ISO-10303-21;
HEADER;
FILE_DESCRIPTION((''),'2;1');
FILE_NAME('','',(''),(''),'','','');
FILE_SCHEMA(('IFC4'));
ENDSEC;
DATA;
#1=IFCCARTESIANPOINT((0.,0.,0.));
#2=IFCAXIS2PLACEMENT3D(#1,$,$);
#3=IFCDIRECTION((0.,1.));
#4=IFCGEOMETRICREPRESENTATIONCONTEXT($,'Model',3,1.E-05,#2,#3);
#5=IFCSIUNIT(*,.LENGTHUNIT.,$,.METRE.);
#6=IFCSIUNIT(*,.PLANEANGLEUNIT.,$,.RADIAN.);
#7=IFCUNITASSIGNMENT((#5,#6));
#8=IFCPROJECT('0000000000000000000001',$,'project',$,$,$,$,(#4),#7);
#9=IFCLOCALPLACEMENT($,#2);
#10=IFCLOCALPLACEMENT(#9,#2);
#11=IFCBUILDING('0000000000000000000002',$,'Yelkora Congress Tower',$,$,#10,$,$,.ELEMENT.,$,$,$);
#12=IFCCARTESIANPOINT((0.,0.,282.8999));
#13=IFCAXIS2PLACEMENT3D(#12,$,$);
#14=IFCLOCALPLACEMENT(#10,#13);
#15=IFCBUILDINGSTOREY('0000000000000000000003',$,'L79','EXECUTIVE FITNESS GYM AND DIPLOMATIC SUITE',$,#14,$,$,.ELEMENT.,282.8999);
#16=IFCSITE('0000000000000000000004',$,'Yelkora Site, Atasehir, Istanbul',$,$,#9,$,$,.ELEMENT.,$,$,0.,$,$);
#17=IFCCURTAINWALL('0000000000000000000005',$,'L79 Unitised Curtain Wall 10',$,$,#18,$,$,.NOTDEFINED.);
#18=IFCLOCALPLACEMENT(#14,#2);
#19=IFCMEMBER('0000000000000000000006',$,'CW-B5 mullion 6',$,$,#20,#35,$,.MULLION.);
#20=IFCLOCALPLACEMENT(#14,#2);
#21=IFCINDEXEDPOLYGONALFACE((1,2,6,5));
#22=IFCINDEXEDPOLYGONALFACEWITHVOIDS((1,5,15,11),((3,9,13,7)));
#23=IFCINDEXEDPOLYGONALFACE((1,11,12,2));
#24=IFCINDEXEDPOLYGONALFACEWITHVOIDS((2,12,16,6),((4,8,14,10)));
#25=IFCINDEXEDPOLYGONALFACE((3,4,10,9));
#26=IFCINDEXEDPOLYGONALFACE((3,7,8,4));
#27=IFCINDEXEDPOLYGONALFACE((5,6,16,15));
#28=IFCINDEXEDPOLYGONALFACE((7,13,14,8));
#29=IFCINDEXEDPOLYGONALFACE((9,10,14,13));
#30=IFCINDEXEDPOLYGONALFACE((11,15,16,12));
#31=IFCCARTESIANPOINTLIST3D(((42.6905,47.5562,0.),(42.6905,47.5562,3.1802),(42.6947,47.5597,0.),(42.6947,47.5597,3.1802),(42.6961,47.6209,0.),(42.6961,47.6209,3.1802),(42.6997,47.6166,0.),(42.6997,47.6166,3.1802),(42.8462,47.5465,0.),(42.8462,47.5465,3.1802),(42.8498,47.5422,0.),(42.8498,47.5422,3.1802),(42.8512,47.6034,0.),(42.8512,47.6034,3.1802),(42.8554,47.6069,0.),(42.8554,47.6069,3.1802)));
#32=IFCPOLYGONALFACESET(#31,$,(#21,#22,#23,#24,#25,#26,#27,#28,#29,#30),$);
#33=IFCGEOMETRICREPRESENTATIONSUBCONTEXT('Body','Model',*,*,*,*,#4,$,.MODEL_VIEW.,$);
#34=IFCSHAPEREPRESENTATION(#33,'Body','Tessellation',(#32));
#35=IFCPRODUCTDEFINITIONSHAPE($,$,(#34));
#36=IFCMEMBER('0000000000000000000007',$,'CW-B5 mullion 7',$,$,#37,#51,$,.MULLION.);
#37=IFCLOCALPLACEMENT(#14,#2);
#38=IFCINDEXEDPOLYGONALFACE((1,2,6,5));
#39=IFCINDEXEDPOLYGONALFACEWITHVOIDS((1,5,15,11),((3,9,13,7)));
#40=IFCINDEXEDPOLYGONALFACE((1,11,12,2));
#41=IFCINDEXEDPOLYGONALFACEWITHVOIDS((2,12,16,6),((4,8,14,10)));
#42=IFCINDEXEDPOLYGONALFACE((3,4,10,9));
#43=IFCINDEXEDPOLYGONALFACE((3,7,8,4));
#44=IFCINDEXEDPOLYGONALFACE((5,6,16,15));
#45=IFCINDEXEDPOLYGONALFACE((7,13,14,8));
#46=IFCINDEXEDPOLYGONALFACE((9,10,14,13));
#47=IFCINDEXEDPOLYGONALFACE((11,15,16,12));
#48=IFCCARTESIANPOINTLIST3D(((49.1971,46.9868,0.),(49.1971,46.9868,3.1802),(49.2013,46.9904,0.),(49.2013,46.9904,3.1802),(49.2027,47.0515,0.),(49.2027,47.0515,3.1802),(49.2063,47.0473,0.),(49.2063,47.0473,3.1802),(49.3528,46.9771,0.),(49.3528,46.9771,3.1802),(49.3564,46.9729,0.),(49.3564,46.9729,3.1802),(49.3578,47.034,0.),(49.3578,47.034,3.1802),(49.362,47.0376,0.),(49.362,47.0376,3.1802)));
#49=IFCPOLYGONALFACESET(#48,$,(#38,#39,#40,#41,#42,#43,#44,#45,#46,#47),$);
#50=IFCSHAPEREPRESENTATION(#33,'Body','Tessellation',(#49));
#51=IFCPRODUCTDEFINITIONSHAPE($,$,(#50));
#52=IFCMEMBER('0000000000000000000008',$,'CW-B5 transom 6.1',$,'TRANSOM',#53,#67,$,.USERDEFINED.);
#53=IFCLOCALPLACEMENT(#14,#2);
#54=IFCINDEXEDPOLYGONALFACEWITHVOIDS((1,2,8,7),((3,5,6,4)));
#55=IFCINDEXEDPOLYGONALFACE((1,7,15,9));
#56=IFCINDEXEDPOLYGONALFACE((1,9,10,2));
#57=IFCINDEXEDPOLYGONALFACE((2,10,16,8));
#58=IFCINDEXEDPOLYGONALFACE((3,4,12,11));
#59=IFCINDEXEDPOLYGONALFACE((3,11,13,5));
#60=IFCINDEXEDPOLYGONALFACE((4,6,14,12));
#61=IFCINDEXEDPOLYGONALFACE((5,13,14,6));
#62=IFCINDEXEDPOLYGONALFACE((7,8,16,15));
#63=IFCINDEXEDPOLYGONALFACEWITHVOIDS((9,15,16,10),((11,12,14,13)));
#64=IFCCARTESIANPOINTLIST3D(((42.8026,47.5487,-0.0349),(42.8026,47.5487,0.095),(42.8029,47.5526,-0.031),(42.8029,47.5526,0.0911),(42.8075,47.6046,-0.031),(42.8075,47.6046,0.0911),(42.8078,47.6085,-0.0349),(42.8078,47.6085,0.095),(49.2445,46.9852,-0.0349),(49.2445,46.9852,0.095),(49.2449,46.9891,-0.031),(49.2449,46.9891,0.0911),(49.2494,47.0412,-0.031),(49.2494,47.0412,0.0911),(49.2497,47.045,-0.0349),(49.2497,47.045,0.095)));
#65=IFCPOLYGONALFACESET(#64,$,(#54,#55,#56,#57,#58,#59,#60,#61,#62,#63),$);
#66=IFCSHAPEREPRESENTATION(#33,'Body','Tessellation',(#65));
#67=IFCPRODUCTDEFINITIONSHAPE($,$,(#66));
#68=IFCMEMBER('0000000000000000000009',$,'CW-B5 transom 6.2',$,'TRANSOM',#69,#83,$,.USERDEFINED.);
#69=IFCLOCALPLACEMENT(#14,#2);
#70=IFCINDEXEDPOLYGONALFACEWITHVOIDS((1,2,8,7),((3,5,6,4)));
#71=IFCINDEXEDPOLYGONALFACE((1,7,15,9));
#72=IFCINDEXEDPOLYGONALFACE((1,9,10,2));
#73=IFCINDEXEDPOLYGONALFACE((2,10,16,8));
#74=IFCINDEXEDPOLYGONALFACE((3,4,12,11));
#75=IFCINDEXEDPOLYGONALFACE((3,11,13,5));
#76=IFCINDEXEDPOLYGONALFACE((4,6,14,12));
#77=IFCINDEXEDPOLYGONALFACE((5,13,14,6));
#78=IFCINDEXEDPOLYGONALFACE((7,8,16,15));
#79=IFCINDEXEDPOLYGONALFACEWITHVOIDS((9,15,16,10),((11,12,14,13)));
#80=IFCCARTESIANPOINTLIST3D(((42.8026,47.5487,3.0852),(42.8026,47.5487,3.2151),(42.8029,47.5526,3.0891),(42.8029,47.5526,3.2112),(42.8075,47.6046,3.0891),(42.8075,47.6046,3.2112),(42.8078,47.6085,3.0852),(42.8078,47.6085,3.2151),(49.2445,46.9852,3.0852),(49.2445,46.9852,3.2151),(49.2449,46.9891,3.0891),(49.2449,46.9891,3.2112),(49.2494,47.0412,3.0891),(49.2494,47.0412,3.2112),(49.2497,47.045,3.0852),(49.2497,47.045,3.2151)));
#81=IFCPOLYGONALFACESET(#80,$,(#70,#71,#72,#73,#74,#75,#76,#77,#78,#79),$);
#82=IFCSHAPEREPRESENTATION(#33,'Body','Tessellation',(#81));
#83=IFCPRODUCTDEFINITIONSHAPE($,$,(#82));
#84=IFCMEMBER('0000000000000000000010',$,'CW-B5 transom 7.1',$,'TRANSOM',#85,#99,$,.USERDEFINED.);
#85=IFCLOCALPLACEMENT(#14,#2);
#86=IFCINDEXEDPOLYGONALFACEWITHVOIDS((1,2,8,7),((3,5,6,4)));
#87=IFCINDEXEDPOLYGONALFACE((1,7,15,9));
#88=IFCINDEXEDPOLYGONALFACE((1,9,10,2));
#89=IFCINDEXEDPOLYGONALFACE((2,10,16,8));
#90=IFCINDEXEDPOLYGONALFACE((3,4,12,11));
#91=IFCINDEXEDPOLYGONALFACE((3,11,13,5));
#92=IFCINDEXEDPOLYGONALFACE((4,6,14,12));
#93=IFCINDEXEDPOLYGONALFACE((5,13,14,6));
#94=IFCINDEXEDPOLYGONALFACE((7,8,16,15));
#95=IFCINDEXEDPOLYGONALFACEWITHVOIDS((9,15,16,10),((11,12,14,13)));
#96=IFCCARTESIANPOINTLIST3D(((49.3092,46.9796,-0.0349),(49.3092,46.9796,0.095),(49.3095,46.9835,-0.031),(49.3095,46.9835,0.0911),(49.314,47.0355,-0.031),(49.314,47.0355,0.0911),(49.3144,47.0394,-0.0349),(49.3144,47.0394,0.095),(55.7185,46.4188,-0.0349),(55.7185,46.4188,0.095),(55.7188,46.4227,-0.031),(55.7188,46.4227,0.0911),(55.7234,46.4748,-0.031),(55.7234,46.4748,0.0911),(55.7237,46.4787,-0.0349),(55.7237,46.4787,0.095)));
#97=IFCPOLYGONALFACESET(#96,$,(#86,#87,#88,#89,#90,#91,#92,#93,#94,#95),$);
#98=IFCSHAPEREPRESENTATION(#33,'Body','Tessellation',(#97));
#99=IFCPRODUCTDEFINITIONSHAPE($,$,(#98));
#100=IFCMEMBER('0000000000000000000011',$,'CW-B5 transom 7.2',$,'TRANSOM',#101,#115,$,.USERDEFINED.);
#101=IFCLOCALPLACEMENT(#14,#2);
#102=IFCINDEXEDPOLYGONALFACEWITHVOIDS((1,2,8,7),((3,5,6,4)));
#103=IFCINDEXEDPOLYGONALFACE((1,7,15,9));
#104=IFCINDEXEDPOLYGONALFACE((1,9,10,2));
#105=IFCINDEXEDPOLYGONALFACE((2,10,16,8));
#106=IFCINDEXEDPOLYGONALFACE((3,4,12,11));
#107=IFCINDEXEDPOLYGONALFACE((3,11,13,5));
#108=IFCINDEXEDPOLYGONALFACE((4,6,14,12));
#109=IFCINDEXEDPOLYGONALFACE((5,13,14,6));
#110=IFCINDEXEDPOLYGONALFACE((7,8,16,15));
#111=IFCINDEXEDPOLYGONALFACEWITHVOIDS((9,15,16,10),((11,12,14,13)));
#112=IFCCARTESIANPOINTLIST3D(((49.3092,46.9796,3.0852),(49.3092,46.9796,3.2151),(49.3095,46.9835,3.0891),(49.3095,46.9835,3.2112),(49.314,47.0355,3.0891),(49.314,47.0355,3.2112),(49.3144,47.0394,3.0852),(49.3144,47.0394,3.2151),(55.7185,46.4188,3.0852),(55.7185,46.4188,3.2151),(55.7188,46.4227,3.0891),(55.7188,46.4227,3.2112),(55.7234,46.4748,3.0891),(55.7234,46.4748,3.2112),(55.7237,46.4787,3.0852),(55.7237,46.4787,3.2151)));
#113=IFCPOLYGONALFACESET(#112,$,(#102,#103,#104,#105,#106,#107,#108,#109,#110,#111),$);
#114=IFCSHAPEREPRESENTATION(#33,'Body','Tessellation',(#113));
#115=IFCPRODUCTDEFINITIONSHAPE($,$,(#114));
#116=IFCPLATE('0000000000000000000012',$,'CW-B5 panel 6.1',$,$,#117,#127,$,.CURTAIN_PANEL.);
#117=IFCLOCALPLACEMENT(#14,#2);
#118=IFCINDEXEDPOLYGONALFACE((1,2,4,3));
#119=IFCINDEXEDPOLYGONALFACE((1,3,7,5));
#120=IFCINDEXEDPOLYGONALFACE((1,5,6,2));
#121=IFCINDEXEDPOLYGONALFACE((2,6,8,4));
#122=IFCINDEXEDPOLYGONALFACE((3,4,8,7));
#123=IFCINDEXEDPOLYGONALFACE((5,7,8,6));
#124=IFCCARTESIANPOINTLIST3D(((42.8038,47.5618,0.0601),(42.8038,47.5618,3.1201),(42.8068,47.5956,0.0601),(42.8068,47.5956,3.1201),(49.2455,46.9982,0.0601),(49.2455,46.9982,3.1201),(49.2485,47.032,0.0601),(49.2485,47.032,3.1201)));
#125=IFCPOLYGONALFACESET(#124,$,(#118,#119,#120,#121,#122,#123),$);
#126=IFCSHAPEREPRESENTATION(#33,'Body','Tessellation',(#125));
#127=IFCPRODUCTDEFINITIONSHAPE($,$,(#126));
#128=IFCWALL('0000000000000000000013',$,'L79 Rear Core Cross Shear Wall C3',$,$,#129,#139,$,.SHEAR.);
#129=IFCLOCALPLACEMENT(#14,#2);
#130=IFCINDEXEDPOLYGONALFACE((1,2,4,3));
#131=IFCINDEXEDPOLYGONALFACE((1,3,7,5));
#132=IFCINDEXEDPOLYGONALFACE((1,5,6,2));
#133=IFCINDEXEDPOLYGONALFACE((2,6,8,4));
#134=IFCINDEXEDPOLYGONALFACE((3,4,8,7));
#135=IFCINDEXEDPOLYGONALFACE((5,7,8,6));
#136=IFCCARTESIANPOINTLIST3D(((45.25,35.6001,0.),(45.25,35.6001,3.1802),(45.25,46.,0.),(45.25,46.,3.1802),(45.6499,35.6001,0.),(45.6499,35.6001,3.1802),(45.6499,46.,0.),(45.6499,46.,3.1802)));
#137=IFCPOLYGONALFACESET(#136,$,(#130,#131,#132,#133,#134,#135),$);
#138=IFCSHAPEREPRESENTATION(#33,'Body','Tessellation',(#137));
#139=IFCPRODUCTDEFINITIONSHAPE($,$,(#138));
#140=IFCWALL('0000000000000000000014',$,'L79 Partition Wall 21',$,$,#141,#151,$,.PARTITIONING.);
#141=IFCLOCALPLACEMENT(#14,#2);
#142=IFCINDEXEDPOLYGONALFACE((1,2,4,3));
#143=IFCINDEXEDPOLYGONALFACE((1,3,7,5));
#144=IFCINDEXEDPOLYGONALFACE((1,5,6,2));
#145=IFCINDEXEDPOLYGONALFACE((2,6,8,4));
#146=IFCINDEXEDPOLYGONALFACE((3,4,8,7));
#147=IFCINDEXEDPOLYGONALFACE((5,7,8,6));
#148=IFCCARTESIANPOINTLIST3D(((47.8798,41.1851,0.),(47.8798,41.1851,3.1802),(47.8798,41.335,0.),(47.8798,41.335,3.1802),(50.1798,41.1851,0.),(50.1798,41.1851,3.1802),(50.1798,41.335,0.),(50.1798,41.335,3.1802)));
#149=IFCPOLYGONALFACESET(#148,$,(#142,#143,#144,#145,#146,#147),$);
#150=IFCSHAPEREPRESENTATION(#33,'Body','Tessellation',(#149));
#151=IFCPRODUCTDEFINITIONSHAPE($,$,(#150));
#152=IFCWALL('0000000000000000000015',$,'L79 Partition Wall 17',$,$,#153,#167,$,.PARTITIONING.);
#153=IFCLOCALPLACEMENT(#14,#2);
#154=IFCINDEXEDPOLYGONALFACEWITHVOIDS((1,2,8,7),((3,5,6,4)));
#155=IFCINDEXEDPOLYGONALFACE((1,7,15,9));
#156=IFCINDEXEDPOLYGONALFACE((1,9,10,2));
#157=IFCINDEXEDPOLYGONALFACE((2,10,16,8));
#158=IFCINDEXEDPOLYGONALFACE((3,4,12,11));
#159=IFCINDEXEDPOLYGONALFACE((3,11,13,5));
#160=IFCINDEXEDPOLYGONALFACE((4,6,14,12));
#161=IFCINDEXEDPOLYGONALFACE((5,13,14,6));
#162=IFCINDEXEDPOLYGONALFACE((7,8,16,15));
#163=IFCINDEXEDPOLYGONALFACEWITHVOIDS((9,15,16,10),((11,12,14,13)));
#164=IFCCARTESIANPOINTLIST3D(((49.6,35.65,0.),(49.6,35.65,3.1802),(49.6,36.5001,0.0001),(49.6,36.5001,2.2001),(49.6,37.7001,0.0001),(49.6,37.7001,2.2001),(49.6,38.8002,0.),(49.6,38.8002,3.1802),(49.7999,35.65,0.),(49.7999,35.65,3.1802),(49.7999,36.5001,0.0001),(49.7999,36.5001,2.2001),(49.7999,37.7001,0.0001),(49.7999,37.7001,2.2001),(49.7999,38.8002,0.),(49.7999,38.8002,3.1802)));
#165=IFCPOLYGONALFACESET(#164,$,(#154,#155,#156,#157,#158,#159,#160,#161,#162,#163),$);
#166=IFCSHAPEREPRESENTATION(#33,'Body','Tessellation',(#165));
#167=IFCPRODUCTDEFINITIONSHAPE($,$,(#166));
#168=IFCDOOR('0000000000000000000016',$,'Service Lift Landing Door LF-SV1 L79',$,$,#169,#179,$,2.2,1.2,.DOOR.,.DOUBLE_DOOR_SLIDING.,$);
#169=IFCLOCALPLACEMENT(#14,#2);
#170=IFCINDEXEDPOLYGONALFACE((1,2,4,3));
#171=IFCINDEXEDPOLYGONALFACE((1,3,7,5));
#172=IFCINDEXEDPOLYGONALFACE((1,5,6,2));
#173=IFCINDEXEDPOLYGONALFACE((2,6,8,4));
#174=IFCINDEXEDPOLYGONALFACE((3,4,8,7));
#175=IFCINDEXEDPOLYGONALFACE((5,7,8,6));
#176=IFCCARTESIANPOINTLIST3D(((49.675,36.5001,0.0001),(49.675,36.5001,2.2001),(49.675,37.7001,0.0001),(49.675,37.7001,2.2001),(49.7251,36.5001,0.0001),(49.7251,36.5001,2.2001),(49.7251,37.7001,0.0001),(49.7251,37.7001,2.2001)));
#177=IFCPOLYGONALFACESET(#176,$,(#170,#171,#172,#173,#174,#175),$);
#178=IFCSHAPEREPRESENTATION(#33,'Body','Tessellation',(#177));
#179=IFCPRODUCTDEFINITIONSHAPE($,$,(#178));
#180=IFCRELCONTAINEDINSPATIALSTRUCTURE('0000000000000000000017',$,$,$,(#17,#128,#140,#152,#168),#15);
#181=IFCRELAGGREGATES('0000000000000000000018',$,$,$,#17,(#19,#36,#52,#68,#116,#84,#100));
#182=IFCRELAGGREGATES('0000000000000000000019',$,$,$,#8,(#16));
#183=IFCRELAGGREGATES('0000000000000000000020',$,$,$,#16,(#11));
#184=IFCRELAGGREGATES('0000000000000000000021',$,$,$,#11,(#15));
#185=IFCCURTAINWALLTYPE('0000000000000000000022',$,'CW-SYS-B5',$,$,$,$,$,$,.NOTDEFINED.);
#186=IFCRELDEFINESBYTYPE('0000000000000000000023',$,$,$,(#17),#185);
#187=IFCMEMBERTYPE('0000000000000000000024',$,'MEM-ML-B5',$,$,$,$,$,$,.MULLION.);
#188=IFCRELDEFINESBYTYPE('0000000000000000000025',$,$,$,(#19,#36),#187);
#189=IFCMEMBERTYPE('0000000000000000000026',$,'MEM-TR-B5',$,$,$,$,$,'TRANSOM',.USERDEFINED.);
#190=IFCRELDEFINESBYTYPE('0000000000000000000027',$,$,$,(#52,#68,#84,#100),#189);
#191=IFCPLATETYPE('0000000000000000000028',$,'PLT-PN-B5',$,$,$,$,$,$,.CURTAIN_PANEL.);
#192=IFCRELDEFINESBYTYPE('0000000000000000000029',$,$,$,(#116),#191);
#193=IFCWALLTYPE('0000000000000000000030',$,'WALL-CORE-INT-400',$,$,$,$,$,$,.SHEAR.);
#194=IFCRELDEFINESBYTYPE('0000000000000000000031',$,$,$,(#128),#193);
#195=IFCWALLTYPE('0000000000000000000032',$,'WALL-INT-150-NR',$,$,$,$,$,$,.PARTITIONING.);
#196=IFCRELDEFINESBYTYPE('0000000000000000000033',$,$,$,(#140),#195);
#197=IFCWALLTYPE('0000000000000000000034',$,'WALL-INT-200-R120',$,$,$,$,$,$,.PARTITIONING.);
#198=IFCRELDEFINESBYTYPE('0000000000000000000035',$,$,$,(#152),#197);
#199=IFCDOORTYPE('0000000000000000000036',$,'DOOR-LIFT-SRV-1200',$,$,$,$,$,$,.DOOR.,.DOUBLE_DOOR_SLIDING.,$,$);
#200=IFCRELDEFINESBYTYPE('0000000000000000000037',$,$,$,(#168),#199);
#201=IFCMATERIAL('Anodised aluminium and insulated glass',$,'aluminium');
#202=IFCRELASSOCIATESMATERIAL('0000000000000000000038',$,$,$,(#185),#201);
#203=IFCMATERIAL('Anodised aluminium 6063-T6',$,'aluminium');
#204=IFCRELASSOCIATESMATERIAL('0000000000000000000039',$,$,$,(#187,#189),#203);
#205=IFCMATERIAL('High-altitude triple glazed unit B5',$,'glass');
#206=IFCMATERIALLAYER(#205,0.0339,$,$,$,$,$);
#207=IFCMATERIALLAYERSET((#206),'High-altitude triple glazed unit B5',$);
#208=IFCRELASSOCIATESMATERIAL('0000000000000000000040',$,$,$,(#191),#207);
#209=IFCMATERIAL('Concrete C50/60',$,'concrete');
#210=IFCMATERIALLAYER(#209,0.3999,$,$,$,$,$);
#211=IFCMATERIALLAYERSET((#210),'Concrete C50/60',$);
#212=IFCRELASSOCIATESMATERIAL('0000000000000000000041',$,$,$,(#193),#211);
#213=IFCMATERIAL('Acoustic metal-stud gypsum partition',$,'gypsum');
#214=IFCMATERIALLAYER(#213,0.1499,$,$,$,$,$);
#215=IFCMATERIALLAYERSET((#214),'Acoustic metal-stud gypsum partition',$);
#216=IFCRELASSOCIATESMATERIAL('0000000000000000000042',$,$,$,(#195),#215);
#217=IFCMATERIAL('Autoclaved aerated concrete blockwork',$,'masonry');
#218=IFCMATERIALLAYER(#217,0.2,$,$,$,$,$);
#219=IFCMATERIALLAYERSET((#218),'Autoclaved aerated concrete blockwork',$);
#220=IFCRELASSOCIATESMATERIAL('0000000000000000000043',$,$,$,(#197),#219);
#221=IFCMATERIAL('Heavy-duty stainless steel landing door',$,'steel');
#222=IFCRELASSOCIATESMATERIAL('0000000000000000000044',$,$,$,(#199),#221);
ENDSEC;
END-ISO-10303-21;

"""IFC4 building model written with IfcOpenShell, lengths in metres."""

from ifc_helpers import new_model, si_unit, direction, frame, frame_2d, origin, origin_2d, place, context, subcontext, project, spatial, rectangle, hollow_rectangle, extrude, material, layer, layer_set, material_profile, profile_set, type_object, element, fill, aggregate, save


model = new_model("IFC4")

# Units and contexts
model_context = context("Model", 3, precision=1e-05, world=origin(), true_north=direction((0.0, 1.0)))
body_context = subcontext(model_context, "Body", "Model", "MODEL_VIEW")
ifc_project = project(units=[si_unit("LENGTHUNIT", "METRE"), si_unit("PLANEANGLEUNIT", "RADIAN")], contexts=[model_context])

# Site, building, storey
site_placement = place(None, origin())
site = spatial("IfcSite", under=ifc_project, at=site_placement, Name="Yelkora Site, Atasehir, Istanbul", CompositionType="ELEMENT", RefElevation=0.0)
building_placement = place(site_placement, origin())
building = spatial("IfcBuilding", under=site, at=building_placement, Name="Yelkora Congress Tower", CompositionType="ELEMENT")
storey_placement = place(building_placement, frame((0.0, 0.0, 282.8999)))
storey = spatial("IfcBuildingStorey", under=building, at=storey_placement, Name="L79", Description="EXECUTIVE FITNESS GYM AND DIPLOMATIC SUITE", CompositionType="ELEMENT", Elevation=282.8999)

# Curtain wall, members, plate
ifc_material_1 = material(Name="Anodised aluminium and insulated glass", Category="aluminium")
curtain_wall_type = type_object("IfcCurtainWallType", Name="CW-SYS-B5", PredefinedType="NOTDEFINED", material=ifc_material_1)
curtain_wall_placement = place(storey_placement, origin())
curtain_wall = element("IfcCurtainWall", 1, at=curtain_wall_placement, inside=storey, type_object=curtain_wall_type, Name="L79 Unitised Curtain Wall 10", PredefinedType="NOTDEFINED")
ifc_material_2 = material(Name="Anodised aluminium 6063-T6", Category="aluminium")
ifc_material_profile_1 = material_profile(ifc_material_2, hollow_rectangle(XDim=0.0649, YDim=0.1599, WallThickness=0.0039, at=origin_2d()), Name="ALU 65x160x4")
ifc_profile_set_1 = profile_set([ifc_material_profile_1], Name="Anodised aluminium 6063-T6")
member_type_1 = type_object("IfcMemberType", Name="MEM-ML-B5", PredefinedType="MULLION", material=ifc_profile_set_1)
member_1_placement = place(storey_placement, frame((42.7729, 47.5815, 0.0), z_axis=(0.0, 0.0, 1.0), x_axis=(0.087157, 0.996195, 0.0)))
member_1 = element("IfcMember", 2, at=member_1_placement, type_object=member_type_1, Name="CW-B5 mullion 6", PredefinedType="MULLION", context=body_context, shape_type="SweptSolid", body=[
    extrude(hollow_rectangle(XDim=0.0649, YDim=0.1599, WallThickness=0.0039, at=origin_2d()), origin(), (0.0, 0.0, 1.0), 3.1802),
])
member_2_placement = place(storey_placement, frame((49.2795, 47.0122, 0.0), z_axis=(0.0, 0.0, 1.0), x_axis=(0.087157, 0.996195, 0.0)))
member_2 = element("IfcMember", 3, at=member_2_placement, type_object=member_type_1, Name="CW-B5 mullion 7", PredefinedType="MULLION", context=body_context, shape_type="SweptSolid", body=[
    extrude(hollow_rectangle(XDim=0.0649, YDim=0.1599, WallThickness=0.0039, at=origin_2d()), origin(), (0.0, 0.0, 1.0), 3.1802),
])
ifc_material_profile_2 = material_profile(ifc_material_2, hollow_rectangle(XDim=0.0601, YDim=0.1299, WallThickness=0.0039, at=origin_2d()), Name="ALU 60x130x4")
ifc_profile_set_2 = profile_set([ifc_material_profile_2], Name="Anodised aluminium 6063-T6")
member_type_2 = type_object("IfcMemberType", Name="MEM-TR-B5", ElementType="TRANSOM", PredefinedType="USERDEFINED", material=ifc_profile_set_2)
member_3_placement = place(storey_placement, frame((42.8052, 47.5786, 0.03), z_axis=(0.996196, -0.087138, 0.0), x_axis=(0.087138, 0.996196, 0.0)))
member_3 = element("IfcMember", 4, at=member_3_placement, type_object=member_type_2, Name="CW-B5 transom 6.1", ObjectType="TRANSOM", PredefinedType="USERDEFINED", context=body_context, shape_type="SweptSolid", body=[
    extrude(hollow_rectangle(XDim=0.0601, YDim=0.1299, WallThickness=0.0039, at=origin_2d()), origin(), (0.0, 0.0, 1.0), 6.4666),
])
member_4_placement = place(storey_placement, frame((42.8052, 47.5786, 3.1501), z_axis=(0.996196, -0.087138, 0.0), x_axis=(0.087138, 0.996196, 0.0)))
member_4 = element("IfcMember", 5, at=member_4_placement, type_object=member_type_2, Name="CW-B5 transom 6.2", ObjectType="TRANSOM", PredefinedType="USERDEFINED", context=body_context, shape_type="SweptSolid", body=[
    extrude(hollow_rectangle(XDim=0.0601, YDim=0.1299, WallThickness=0.0039, at=origin_2d()), origin(), (0.0, 0.0, 1.0), 6.4666),
])
member_5_placement = place(storey_placement, frame((49.3118, 47.0095, 0.03), z_axis=(0.996194, -0.087162, 0.0), x_axis=(0.087162, 0.996194, 0.0)))
member_5 = element("IfcMember", 6, at=member_5_placement, type_object=member_type_2, Name="CW-B5 transom 7.1", ObjectType="TRANSOM", PredefinedType="USERDEFINED", context=body_context, shape_type="SweptSolid", body=[
    extrude(hollow_rectangle(XDim=0.0601, YDim=0.1299, WallThickness=0.0039, at=origin_2d()), origin(), (0.0, 0.0, 1.0), 6.4338),
])
member_6_placement = place(storey_placement, frame((49.3118, 47.0095, 3.1501), z_axis=(0.996194, -0.087162, 0.0), x_axis=(0.087162, 0.996194, 0.0)))
member_6 = element("IfcMember", 7, at=member_6_placement, type_object=member_type_2, Name="CW-B5 transom 7.2", ObjectType="TRANSOM", PredefinedType="USERDEFINED", context=body_context, shape_type="SweptSolid", body=[
    extrude(hollow_rectangle(XDim=0.0601, YDim=0.1299, WallThickness=0.0039, at=origin_2d()), origin(), (0.0, 0.0, 1.0), 6.4338),
])
ifc_material_3 = material(Name="High-altitude triple glazed unit B5", Category="glass")
ifc_layer_1 = layer(ifc_material_3, 0.0339)
ifc_layer_set_1 = layer_set([ifc_layer_1], Name="High-altitude triple glazed unit B5")
plate_type = type_object("IfcPlateType", Name="PLT-PN-B5", PredefinedType="CURTAIN_PANEL", material=ifc_layer_set_1)
plate_placement = place(storey_placement, frame((46.0261, 47.2969, 0.0601), z_axis=(0.0, 0.0, 1.0), x_axis=(0.996195, -0.087157, 0.0)))
plate = element("IfcPlate", 8, at=plate_placement, type_object=plate_type, Name="CW-B5 panel 6.1", PredefinedType="CURTAIN_PANEL", context=body_context, shape_type="SweptSolid", body=[
    extrude(rectangle(XDim=6.4663, YDim=0.0339, at=origin_2d()), origin(), (0.0, 0.0, 1.0), 3.0601),
])
aggregate(curtain_wall, [member_1, member_2, member_3, member_4, plate, member_5, member_6])

# Wall
ifc_material_4 = material(Name="Concrete C50/60", Category="concrete")
ifc_layer_2 = layer(ifc_material_4, 0.3999)
ifc_layer_set_2 = layer_set([ifc_layer_2], Name="Concrete C50/60")
wall_type_1 = type_object("IfcWallType", Name="WALL-CORE-INT-400", PredefinedType="SHEAR", material=ifc_layer_set_2)
wall_1_placement = place(storey_placement, frame((45.45, 35.6001, 0.0), z_axis=(0.0, 0.0, 1.0), x_axis=(0.0, 1.0, 0.0)))
element("IfcWall", 9, at=wall_1_placement, inside=storey, type_object=wall_type_1, Name="L79 Rear Core Cross Shear Wall C3", PredefinedType="SHEAR", context=body_context, shape_type="SweptSolid", body=[
    extrude(rectangle(XDim=10.3999, YDim=0.3999, at=frame_2d((5.2, 0.0))), origin(), (0.0, 0.0, 1.0), 3.1802),
])

# Shared definitions
ifc_material_5 = material(Name="Acoustic metal-stud gypsum partition", Category="gypsum")
ifc_layer_3 = layer(ifc_material_5, 0.1499)
ifc_layer_set_3 = layer_set([ifc_layer_3], Name="Acoustic metal-stud gypsum partition")
wall_type_2 = type_object("IfcWallType", Name="WALL-INT-150-NR", PredefinedType="PARTITIONING", material=ifc_layer_set_3)

# Wall
wall_2_placement = place(storey_placement, frame((47.8799, 41.26, 0.0), z_axis=(0.0, 0.0, 1.0), x_axis=(1.0, 0.0, 0.0)))
element("IfcWall", 10, at=wall_2_placement, inside=storey, type_object=wall_type_2, Name="L79 Partition Wall 21", PredefinedType="PARTITIONING", context=body_context, shape_type="SweptSolid", body=[
    extrude(rectangle(XDim=2.3, YDim=0.1499, at=frame_2d((1.1499, 0.0))), origin(), (0.0, 0.0, 1.0), 3.1802),
])

# Wall, opening, door
ifc_material_6 = material(Name="Autoclaved aerated concrete blockwork", Category="masonry")
ifc_layer_4 = layer(ifc_material_6, 0.2)
ifc_layer_set_4 = layer_set([ifc_layer_4], Name="Autoclaved aerated concrete blockwork")
wall_type_3 = type_object("IfcWallType", Name="WALL-INT-200-R120", PredefinedType="PARTITIONING", material=ifc_layer_set_4)
wall_3_placement = place(storey_placement, frame((49.7, 35.6499, 0.0), z_axis=(0.0, 0.0, 1.0), x_axis=(0.0, 1.0, 0.0)))
wall_3 = element("IfcWall", 11, at=wall_3_placement, inside=storey, type_object=wall_type_3, Name="L79 Partition Wall 17", PredefinedType="PARTITIONING", context=body_context, shape_type="SweptSolid", body=[
    extrude(rectangle(XDim=3.1501, YDim=0.2, at=frame_2d((1.5752, 0.0))), origin(), (0.0, 0.0, 1.0), 3.1802),
])
opening_1_placement = place(wall_3_placement, frame((0.8501, 0.0, 0.0)))
opening_1 = element("IfcOpeningElement", 12, at=opening_1_placement, cuts=wall_3, PredefinedType="OPENING", context=body_context, shape_type="SweptSolid", body=[
    extrude(rectangle(XDim=1.2, YDim=2.2, at=frame_2d((0.6001, 1.1001))), frame((0.0, 0.1099, 0.0), z_axis=(0.0, -1.0, 0.0), x_axis=(1.0, 0.0, 0.0)), (0.0, 0.0, 1.0), 0.22),
])
ifc_material_7 = material(Name="Heavy-duty stainless steel landing door", Category="steel")
door_type_1 = type_object("IfcDoorType", Name="DOOR-LIFT-SRV-1200", OperationType="DOUBLE_DOOR_SLIDING", PredefinedType="DOOR", material=ifc_material_7)
door_1_placement = place(opening_1_placement, origin())
door_1 = element("IfcDoor", 13, at=door_1_placement, inside=storey, type_object=door_type_1, Name="Service Lift Landing Door LF-SV1 L79", OperationType="DOUBLE_DOOR_SLIDING", OverallHeight=2.2, OverallWidth=1.2, PredefinedType="DOOR", context=body_context, shape_type="SweptSolid", body=[
    extrude(rectangle(XDim=1.2, YDim=2.2, at=frame_2d((0.6001, 1.1001))), frame((0.0, 0.0249, 0.0), z_axis=(0.0, -1.0, 0.0), x_axis=(1.0, 0.0, 0.0)), (0.0, 0.0, 1.0), 0.05),
])
fill(opening_1, door_1)

save(model, "model.ifc")
